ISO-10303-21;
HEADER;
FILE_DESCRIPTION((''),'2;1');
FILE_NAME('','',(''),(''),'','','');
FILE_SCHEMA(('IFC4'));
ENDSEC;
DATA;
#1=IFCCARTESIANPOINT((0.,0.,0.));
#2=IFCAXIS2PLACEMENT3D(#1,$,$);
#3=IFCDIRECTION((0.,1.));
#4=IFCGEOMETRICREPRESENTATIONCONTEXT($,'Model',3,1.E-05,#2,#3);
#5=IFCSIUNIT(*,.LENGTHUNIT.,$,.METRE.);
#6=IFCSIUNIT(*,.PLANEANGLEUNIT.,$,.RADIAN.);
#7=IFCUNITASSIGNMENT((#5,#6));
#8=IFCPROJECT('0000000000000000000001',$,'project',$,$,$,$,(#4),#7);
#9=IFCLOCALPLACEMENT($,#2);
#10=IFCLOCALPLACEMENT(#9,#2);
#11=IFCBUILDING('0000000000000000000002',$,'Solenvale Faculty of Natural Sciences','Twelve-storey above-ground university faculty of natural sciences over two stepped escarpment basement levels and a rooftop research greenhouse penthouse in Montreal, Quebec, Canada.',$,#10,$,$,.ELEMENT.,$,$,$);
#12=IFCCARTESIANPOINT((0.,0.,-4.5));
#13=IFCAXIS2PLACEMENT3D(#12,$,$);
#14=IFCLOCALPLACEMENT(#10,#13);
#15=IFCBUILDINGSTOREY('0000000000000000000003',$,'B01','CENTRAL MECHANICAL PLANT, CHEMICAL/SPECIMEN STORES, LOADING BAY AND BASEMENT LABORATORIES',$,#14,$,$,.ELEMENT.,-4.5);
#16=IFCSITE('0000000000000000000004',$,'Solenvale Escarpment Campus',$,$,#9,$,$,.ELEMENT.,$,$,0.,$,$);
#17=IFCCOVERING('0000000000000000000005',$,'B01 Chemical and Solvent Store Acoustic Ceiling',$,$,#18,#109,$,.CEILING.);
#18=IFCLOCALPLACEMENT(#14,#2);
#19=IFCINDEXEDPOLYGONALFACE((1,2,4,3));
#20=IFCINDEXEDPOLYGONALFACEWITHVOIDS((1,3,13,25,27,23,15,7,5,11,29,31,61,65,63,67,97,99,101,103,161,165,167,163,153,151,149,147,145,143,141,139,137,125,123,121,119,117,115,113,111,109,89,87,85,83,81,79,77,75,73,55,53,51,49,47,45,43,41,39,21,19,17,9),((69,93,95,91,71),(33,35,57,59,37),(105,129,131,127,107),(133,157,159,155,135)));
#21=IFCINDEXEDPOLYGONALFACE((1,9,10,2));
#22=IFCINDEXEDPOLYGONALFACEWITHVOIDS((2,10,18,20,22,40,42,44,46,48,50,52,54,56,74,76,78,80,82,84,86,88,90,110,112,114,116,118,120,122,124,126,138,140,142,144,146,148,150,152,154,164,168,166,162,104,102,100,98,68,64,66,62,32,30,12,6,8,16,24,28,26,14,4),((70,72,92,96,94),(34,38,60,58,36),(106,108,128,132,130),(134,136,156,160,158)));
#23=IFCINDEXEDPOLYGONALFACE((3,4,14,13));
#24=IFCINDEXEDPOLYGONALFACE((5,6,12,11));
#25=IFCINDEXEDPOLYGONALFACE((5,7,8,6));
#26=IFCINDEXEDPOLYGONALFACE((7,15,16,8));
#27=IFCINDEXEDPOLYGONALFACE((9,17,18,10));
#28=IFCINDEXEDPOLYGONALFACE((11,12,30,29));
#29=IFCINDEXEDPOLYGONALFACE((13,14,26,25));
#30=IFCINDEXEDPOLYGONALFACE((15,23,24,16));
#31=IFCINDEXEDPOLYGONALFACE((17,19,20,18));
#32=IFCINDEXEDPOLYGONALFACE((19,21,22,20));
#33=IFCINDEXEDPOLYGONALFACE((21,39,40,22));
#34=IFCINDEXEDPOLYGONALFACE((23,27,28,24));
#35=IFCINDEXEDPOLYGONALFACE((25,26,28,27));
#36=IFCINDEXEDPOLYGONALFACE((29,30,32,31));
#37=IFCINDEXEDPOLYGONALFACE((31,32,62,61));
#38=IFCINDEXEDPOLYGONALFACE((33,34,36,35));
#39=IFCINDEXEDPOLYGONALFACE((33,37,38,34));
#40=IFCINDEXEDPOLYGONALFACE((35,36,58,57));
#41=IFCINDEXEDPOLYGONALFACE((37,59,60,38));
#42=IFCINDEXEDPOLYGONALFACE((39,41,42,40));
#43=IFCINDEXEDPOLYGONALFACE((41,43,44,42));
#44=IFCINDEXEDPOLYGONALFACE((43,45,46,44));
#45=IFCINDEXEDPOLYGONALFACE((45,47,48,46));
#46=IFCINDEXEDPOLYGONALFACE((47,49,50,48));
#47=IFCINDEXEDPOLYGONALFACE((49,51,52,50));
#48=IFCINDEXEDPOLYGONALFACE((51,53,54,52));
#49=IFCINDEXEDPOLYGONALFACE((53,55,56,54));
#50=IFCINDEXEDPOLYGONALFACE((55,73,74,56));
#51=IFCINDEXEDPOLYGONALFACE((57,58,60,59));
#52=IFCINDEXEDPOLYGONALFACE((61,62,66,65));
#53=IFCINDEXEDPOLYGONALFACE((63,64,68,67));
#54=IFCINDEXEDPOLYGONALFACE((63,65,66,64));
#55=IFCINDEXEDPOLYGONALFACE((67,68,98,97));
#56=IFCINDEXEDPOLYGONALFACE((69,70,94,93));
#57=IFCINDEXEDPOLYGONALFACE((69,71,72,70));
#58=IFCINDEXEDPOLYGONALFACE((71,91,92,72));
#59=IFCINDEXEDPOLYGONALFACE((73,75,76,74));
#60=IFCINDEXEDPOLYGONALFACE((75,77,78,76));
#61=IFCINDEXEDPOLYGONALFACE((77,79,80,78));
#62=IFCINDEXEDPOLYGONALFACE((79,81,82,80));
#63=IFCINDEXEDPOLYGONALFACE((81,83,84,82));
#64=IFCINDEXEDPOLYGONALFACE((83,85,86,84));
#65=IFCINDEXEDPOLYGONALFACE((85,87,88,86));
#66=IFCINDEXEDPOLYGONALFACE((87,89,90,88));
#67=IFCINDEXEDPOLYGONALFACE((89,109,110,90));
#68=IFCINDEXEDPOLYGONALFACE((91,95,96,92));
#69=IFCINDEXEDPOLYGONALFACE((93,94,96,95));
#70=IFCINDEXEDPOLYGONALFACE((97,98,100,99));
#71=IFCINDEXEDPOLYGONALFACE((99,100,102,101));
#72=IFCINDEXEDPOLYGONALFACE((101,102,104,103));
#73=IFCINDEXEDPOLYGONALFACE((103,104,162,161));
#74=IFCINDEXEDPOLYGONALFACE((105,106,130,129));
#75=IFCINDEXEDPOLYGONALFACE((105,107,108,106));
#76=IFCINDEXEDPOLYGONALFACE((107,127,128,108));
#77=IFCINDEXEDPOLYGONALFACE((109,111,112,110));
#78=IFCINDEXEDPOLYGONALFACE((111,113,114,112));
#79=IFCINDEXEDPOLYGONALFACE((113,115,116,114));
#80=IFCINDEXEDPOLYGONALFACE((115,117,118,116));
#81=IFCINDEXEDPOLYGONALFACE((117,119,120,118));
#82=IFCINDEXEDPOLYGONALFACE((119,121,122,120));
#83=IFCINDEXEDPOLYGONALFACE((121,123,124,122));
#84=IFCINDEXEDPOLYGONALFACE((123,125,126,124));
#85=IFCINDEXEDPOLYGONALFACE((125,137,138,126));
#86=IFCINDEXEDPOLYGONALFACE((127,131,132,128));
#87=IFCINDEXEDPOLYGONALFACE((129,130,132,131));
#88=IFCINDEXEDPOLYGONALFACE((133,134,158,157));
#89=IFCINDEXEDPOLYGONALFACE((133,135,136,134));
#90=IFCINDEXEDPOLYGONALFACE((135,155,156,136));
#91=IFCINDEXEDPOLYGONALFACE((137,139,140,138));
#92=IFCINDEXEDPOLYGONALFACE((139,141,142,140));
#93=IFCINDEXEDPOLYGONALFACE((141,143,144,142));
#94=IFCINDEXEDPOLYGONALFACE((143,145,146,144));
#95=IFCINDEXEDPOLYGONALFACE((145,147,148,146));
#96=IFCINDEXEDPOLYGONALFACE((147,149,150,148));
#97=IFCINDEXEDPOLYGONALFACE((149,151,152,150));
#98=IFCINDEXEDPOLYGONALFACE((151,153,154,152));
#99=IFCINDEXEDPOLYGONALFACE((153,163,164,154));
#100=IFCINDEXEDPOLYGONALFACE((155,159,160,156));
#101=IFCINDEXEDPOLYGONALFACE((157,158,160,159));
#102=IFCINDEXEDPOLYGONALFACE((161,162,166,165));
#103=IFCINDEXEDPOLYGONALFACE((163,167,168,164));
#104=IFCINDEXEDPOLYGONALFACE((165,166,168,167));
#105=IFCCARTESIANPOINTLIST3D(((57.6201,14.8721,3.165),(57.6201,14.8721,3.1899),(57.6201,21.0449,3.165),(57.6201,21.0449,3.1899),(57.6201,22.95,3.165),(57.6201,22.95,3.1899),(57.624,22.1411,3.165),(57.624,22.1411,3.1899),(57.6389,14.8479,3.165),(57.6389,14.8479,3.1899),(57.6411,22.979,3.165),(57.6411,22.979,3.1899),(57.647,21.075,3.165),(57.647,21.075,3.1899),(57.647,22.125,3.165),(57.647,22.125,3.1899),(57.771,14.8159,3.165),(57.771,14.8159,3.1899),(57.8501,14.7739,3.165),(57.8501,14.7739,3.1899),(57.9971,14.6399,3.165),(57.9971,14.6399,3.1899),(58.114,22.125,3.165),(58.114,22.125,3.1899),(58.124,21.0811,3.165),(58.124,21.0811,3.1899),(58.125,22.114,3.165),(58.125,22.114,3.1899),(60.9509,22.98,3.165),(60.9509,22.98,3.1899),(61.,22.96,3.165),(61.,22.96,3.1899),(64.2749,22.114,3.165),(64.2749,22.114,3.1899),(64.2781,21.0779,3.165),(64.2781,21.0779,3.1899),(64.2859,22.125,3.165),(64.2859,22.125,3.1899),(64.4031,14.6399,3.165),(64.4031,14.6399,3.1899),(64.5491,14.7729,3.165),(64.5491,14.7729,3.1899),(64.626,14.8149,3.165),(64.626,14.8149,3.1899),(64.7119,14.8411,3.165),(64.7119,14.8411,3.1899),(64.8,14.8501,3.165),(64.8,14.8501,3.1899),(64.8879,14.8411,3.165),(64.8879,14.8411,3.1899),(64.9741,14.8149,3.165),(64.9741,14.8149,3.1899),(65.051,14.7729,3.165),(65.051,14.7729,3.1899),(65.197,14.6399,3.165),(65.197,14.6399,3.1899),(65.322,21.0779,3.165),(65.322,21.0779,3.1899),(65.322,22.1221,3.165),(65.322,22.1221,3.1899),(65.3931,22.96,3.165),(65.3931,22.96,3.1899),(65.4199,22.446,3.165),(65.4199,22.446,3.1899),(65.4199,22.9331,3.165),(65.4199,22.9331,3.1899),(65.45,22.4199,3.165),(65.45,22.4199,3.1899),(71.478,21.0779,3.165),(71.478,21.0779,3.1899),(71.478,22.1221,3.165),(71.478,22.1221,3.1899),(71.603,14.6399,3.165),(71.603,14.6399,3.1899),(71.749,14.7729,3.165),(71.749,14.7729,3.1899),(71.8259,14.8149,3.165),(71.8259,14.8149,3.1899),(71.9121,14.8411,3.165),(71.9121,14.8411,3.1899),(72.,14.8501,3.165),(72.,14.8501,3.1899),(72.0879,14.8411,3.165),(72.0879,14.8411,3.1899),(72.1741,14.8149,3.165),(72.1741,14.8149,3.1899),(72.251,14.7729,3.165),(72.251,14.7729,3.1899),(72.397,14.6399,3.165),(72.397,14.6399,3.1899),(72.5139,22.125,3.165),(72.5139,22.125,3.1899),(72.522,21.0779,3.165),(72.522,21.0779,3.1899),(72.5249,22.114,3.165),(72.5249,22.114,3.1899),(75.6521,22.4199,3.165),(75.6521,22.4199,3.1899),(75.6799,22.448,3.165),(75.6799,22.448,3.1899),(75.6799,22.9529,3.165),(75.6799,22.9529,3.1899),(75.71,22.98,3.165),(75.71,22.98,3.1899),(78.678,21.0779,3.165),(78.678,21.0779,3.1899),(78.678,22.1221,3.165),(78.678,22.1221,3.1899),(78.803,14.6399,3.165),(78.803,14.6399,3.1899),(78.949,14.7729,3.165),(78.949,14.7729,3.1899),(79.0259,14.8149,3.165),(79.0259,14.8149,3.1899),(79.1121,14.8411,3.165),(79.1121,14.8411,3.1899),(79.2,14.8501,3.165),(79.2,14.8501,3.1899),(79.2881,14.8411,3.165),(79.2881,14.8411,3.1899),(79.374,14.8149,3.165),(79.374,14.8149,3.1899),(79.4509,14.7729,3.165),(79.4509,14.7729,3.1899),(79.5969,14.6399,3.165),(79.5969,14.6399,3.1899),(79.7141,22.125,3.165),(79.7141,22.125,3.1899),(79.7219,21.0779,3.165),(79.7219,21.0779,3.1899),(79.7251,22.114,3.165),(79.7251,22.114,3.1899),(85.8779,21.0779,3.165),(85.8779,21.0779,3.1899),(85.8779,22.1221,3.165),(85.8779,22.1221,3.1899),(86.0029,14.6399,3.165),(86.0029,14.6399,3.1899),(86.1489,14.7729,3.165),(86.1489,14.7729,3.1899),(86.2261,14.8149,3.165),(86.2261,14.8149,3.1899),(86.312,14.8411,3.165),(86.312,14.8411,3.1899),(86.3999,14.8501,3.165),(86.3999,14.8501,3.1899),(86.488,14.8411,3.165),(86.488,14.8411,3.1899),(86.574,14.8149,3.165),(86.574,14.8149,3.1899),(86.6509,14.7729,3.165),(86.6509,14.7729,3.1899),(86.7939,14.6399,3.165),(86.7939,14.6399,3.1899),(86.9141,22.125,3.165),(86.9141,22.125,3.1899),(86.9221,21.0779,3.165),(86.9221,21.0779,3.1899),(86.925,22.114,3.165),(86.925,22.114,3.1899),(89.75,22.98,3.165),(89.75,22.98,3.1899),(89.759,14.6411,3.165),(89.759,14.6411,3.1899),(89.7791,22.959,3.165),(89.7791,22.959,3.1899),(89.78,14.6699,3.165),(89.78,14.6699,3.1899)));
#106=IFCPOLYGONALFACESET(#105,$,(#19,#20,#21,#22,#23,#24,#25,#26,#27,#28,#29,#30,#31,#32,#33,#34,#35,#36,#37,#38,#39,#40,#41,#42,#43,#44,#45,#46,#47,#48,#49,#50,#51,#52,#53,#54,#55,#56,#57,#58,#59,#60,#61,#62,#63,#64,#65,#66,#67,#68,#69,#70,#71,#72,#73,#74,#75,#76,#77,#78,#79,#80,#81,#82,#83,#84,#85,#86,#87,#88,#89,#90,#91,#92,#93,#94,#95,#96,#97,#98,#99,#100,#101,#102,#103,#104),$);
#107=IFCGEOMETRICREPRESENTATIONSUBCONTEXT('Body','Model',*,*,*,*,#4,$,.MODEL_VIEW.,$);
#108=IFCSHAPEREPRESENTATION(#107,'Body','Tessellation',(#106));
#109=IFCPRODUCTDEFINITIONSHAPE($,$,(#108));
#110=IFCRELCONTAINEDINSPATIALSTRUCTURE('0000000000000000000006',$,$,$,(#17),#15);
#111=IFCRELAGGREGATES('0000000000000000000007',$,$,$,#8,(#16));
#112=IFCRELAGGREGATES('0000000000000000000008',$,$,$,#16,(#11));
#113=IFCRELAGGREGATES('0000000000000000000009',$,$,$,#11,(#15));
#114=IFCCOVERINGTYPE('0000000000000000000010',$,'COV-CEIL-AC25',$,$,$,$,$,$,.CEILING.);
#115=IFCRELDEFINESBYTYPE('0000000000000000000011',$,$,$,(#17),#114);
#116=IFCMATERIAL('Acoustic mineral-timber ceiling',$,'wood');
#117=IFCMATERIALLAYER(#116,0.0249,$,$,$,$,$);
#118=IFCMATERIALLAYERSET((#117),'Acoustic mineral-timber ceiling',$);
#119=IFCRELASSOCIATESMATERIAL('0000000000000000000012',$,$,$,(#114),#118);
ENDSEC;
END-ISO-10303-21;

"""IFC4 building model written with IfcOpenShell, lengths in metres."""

from ifc_helpers import new_model, si_unit, direction, frame, origin, place, context, subcontext, project, spatial, polyline, outline, extrude, material, layer, layer_set, type_object, element, save


model = new_model("IFC4")

# Units and contexts
model_context = context("Model", 3, precision=1e-05, world=origin(), true_north=direction((0.0, 1.0)))
body_context = subcontext(model_context, "Body", "Model", "MODEL_VIEW")
ifc_project = project(units=[si_unit("LENGTHUNIT", "METRE"), si_unit("PLANEANGLEUNIT", "RADIAN")], contexts=[model_context])

# Site, building, storey
site_placement = place(None, origin())
site = spatial("IfcSite", under=ifc_project, at=site_placement, Name="Solenvale Escarpment Campus", CompositionType="ELEMENT", RefElevation=0.0)
building_placement = place(site_placement, origin())
building = spatial("IfcBuilding", under=site, at=building_placement, Name="Solenvale Faculty of Natural Sciences", Description="Twelve-storey above-ground university faculty of natural sciences over two stepped escarpment basement levels and a rooftop research greenhouse penthouse in Montreal, Quebec, Canada.", CompositionType="ELEMENT")
storey_placement = place(building_placement, frame((0.0, 0.0, -4.5)))
storey = spatial("IfcBuildingStorey", under=building, at=storey_placement, Name="B01", Description="CENTRAL MECHANICAL PLANT, CHEMICAL/SPECIMEN STORES, LOADING BAY AND BASEMENT LABORATORIES", CompositionType="ELEMENT", Elevation=-4.5)

# Covering
ifc_material_1 = material(Name="Acoustic mineral-timber ceiling", Category="wood")
ifc_layer_1 = layer(ifc_material_1, 0.0249)
ifc_layer_set_1 = layer_set([ifc_layer_1], Name="Acoustic mineral-timber ceiling")
covering_type_1 = type_object("IfcCoveringType", Name="COV-CEIL-AC25", PredefinedType="CEILING", material=ifc_layer_set_1)
covering_1_placement = place(storey_placement, frame((0.0, 0.0, 3.165)))
element("IfcCovering", 1, at=covering_1_placement, inside=storey, type_object=covering_type_1, Name="B01 Chemical and Solvent Store Acoustic Ceiling", PredefinedType="CEILING", context=body_context, shape_type="SweptSolid", body=[
    extrude(outline(polyline([(57.9971, 14.6399), (57.8501, 14.7739), (57.771, 14.8159), (57.6389, 14.8479), (57.6201, 14.8721), (57.6201, 21.0449), (57.647, 21.075), (58.124, 21.0811), (58.125, 22.114), (58.114, 22.125), (57.647, 22.125), (57.624, 22.1411), (57.6201, 22.95), (57.6411, 22.979), (60.9509, 22.98), (61.0, 22.96), (65.3931, 22.96), (65.4199, 22.9331), (65.4199, 22.446), (65.45, 22.4199), (75.6521, 22.4199), (75.6799, 22.448), (75.6799, 22.9529), (75.71, 22.98), (89.75, 22.98), (89.7791, 22.959), (89.78, 14.6699), (89.759, 14.6411), (86.7939, 14.6399), (86.6509, 14.7729), (86.574, 14.8149), (86.488, 14.8411), (86.3999, 14.8501), (86.312, 14.8411), (86.2261, 14.8149), (86.1489, 14.7729), (86.0029, 14.6399), (79.5969, 14.6399), (79.4509, 14.7729), (79.374, 14.8149), (79.2881, 14.8411), (79.2, 14.8501), (79.1121, 14.8411), (79.0259, 14.8149), (78.949, 14.7729), (78.803, 14.6399), (72.397, 14.6399), (72.251, 14.7729), (72.1741, 14.8149), (72.0879, 14.8411), (72.0, 14.8501), (71.9121, 14.8411), (71.8259, 14.8149), (71.749, 14.7729), (71.603, 14.6399), (65.197, 14.6399), (65.051, 14.7729), (64.9741, 14.8149), (64.8879, 14.8411), (64.8, 14.8501), (64.7119, 14.8411), (64.626, 14.8149), (64.5491, 14.7729), (64.4031, 14.6399), (57.9971, 14.6399)]), holes=[polyline([(86.925, 22.114), (86.9141, 22.125), (85.8779, 22.1221), (85.8779, 21.0779), (86.9221, 21.0779), (86.925, 22.114)]), polyline([(79.7251, 22.114), (79.7141, 22.125), (78.678, 22.1221), (78.678, 21.0779), (79.7219, 21.0779), (79.7251, 22.114)]), polyline([(72.5249, 22.114), (72.5139, 22.125), (71.478, 22.1221), (71.478, 21.0779), (72.522, 21.0779), (72.5249, 22.114)]), polyline([(64.2859, 22.125), (64.2749, 22.114), (64.2781, 21.0779), (65.322, 21.0779), (65.322, 22.1221), (64.2859, 22.125)])]), origin(), (0.0, 0.0, 1.0), 0.0249),
])

save(model, "model.ifc")
